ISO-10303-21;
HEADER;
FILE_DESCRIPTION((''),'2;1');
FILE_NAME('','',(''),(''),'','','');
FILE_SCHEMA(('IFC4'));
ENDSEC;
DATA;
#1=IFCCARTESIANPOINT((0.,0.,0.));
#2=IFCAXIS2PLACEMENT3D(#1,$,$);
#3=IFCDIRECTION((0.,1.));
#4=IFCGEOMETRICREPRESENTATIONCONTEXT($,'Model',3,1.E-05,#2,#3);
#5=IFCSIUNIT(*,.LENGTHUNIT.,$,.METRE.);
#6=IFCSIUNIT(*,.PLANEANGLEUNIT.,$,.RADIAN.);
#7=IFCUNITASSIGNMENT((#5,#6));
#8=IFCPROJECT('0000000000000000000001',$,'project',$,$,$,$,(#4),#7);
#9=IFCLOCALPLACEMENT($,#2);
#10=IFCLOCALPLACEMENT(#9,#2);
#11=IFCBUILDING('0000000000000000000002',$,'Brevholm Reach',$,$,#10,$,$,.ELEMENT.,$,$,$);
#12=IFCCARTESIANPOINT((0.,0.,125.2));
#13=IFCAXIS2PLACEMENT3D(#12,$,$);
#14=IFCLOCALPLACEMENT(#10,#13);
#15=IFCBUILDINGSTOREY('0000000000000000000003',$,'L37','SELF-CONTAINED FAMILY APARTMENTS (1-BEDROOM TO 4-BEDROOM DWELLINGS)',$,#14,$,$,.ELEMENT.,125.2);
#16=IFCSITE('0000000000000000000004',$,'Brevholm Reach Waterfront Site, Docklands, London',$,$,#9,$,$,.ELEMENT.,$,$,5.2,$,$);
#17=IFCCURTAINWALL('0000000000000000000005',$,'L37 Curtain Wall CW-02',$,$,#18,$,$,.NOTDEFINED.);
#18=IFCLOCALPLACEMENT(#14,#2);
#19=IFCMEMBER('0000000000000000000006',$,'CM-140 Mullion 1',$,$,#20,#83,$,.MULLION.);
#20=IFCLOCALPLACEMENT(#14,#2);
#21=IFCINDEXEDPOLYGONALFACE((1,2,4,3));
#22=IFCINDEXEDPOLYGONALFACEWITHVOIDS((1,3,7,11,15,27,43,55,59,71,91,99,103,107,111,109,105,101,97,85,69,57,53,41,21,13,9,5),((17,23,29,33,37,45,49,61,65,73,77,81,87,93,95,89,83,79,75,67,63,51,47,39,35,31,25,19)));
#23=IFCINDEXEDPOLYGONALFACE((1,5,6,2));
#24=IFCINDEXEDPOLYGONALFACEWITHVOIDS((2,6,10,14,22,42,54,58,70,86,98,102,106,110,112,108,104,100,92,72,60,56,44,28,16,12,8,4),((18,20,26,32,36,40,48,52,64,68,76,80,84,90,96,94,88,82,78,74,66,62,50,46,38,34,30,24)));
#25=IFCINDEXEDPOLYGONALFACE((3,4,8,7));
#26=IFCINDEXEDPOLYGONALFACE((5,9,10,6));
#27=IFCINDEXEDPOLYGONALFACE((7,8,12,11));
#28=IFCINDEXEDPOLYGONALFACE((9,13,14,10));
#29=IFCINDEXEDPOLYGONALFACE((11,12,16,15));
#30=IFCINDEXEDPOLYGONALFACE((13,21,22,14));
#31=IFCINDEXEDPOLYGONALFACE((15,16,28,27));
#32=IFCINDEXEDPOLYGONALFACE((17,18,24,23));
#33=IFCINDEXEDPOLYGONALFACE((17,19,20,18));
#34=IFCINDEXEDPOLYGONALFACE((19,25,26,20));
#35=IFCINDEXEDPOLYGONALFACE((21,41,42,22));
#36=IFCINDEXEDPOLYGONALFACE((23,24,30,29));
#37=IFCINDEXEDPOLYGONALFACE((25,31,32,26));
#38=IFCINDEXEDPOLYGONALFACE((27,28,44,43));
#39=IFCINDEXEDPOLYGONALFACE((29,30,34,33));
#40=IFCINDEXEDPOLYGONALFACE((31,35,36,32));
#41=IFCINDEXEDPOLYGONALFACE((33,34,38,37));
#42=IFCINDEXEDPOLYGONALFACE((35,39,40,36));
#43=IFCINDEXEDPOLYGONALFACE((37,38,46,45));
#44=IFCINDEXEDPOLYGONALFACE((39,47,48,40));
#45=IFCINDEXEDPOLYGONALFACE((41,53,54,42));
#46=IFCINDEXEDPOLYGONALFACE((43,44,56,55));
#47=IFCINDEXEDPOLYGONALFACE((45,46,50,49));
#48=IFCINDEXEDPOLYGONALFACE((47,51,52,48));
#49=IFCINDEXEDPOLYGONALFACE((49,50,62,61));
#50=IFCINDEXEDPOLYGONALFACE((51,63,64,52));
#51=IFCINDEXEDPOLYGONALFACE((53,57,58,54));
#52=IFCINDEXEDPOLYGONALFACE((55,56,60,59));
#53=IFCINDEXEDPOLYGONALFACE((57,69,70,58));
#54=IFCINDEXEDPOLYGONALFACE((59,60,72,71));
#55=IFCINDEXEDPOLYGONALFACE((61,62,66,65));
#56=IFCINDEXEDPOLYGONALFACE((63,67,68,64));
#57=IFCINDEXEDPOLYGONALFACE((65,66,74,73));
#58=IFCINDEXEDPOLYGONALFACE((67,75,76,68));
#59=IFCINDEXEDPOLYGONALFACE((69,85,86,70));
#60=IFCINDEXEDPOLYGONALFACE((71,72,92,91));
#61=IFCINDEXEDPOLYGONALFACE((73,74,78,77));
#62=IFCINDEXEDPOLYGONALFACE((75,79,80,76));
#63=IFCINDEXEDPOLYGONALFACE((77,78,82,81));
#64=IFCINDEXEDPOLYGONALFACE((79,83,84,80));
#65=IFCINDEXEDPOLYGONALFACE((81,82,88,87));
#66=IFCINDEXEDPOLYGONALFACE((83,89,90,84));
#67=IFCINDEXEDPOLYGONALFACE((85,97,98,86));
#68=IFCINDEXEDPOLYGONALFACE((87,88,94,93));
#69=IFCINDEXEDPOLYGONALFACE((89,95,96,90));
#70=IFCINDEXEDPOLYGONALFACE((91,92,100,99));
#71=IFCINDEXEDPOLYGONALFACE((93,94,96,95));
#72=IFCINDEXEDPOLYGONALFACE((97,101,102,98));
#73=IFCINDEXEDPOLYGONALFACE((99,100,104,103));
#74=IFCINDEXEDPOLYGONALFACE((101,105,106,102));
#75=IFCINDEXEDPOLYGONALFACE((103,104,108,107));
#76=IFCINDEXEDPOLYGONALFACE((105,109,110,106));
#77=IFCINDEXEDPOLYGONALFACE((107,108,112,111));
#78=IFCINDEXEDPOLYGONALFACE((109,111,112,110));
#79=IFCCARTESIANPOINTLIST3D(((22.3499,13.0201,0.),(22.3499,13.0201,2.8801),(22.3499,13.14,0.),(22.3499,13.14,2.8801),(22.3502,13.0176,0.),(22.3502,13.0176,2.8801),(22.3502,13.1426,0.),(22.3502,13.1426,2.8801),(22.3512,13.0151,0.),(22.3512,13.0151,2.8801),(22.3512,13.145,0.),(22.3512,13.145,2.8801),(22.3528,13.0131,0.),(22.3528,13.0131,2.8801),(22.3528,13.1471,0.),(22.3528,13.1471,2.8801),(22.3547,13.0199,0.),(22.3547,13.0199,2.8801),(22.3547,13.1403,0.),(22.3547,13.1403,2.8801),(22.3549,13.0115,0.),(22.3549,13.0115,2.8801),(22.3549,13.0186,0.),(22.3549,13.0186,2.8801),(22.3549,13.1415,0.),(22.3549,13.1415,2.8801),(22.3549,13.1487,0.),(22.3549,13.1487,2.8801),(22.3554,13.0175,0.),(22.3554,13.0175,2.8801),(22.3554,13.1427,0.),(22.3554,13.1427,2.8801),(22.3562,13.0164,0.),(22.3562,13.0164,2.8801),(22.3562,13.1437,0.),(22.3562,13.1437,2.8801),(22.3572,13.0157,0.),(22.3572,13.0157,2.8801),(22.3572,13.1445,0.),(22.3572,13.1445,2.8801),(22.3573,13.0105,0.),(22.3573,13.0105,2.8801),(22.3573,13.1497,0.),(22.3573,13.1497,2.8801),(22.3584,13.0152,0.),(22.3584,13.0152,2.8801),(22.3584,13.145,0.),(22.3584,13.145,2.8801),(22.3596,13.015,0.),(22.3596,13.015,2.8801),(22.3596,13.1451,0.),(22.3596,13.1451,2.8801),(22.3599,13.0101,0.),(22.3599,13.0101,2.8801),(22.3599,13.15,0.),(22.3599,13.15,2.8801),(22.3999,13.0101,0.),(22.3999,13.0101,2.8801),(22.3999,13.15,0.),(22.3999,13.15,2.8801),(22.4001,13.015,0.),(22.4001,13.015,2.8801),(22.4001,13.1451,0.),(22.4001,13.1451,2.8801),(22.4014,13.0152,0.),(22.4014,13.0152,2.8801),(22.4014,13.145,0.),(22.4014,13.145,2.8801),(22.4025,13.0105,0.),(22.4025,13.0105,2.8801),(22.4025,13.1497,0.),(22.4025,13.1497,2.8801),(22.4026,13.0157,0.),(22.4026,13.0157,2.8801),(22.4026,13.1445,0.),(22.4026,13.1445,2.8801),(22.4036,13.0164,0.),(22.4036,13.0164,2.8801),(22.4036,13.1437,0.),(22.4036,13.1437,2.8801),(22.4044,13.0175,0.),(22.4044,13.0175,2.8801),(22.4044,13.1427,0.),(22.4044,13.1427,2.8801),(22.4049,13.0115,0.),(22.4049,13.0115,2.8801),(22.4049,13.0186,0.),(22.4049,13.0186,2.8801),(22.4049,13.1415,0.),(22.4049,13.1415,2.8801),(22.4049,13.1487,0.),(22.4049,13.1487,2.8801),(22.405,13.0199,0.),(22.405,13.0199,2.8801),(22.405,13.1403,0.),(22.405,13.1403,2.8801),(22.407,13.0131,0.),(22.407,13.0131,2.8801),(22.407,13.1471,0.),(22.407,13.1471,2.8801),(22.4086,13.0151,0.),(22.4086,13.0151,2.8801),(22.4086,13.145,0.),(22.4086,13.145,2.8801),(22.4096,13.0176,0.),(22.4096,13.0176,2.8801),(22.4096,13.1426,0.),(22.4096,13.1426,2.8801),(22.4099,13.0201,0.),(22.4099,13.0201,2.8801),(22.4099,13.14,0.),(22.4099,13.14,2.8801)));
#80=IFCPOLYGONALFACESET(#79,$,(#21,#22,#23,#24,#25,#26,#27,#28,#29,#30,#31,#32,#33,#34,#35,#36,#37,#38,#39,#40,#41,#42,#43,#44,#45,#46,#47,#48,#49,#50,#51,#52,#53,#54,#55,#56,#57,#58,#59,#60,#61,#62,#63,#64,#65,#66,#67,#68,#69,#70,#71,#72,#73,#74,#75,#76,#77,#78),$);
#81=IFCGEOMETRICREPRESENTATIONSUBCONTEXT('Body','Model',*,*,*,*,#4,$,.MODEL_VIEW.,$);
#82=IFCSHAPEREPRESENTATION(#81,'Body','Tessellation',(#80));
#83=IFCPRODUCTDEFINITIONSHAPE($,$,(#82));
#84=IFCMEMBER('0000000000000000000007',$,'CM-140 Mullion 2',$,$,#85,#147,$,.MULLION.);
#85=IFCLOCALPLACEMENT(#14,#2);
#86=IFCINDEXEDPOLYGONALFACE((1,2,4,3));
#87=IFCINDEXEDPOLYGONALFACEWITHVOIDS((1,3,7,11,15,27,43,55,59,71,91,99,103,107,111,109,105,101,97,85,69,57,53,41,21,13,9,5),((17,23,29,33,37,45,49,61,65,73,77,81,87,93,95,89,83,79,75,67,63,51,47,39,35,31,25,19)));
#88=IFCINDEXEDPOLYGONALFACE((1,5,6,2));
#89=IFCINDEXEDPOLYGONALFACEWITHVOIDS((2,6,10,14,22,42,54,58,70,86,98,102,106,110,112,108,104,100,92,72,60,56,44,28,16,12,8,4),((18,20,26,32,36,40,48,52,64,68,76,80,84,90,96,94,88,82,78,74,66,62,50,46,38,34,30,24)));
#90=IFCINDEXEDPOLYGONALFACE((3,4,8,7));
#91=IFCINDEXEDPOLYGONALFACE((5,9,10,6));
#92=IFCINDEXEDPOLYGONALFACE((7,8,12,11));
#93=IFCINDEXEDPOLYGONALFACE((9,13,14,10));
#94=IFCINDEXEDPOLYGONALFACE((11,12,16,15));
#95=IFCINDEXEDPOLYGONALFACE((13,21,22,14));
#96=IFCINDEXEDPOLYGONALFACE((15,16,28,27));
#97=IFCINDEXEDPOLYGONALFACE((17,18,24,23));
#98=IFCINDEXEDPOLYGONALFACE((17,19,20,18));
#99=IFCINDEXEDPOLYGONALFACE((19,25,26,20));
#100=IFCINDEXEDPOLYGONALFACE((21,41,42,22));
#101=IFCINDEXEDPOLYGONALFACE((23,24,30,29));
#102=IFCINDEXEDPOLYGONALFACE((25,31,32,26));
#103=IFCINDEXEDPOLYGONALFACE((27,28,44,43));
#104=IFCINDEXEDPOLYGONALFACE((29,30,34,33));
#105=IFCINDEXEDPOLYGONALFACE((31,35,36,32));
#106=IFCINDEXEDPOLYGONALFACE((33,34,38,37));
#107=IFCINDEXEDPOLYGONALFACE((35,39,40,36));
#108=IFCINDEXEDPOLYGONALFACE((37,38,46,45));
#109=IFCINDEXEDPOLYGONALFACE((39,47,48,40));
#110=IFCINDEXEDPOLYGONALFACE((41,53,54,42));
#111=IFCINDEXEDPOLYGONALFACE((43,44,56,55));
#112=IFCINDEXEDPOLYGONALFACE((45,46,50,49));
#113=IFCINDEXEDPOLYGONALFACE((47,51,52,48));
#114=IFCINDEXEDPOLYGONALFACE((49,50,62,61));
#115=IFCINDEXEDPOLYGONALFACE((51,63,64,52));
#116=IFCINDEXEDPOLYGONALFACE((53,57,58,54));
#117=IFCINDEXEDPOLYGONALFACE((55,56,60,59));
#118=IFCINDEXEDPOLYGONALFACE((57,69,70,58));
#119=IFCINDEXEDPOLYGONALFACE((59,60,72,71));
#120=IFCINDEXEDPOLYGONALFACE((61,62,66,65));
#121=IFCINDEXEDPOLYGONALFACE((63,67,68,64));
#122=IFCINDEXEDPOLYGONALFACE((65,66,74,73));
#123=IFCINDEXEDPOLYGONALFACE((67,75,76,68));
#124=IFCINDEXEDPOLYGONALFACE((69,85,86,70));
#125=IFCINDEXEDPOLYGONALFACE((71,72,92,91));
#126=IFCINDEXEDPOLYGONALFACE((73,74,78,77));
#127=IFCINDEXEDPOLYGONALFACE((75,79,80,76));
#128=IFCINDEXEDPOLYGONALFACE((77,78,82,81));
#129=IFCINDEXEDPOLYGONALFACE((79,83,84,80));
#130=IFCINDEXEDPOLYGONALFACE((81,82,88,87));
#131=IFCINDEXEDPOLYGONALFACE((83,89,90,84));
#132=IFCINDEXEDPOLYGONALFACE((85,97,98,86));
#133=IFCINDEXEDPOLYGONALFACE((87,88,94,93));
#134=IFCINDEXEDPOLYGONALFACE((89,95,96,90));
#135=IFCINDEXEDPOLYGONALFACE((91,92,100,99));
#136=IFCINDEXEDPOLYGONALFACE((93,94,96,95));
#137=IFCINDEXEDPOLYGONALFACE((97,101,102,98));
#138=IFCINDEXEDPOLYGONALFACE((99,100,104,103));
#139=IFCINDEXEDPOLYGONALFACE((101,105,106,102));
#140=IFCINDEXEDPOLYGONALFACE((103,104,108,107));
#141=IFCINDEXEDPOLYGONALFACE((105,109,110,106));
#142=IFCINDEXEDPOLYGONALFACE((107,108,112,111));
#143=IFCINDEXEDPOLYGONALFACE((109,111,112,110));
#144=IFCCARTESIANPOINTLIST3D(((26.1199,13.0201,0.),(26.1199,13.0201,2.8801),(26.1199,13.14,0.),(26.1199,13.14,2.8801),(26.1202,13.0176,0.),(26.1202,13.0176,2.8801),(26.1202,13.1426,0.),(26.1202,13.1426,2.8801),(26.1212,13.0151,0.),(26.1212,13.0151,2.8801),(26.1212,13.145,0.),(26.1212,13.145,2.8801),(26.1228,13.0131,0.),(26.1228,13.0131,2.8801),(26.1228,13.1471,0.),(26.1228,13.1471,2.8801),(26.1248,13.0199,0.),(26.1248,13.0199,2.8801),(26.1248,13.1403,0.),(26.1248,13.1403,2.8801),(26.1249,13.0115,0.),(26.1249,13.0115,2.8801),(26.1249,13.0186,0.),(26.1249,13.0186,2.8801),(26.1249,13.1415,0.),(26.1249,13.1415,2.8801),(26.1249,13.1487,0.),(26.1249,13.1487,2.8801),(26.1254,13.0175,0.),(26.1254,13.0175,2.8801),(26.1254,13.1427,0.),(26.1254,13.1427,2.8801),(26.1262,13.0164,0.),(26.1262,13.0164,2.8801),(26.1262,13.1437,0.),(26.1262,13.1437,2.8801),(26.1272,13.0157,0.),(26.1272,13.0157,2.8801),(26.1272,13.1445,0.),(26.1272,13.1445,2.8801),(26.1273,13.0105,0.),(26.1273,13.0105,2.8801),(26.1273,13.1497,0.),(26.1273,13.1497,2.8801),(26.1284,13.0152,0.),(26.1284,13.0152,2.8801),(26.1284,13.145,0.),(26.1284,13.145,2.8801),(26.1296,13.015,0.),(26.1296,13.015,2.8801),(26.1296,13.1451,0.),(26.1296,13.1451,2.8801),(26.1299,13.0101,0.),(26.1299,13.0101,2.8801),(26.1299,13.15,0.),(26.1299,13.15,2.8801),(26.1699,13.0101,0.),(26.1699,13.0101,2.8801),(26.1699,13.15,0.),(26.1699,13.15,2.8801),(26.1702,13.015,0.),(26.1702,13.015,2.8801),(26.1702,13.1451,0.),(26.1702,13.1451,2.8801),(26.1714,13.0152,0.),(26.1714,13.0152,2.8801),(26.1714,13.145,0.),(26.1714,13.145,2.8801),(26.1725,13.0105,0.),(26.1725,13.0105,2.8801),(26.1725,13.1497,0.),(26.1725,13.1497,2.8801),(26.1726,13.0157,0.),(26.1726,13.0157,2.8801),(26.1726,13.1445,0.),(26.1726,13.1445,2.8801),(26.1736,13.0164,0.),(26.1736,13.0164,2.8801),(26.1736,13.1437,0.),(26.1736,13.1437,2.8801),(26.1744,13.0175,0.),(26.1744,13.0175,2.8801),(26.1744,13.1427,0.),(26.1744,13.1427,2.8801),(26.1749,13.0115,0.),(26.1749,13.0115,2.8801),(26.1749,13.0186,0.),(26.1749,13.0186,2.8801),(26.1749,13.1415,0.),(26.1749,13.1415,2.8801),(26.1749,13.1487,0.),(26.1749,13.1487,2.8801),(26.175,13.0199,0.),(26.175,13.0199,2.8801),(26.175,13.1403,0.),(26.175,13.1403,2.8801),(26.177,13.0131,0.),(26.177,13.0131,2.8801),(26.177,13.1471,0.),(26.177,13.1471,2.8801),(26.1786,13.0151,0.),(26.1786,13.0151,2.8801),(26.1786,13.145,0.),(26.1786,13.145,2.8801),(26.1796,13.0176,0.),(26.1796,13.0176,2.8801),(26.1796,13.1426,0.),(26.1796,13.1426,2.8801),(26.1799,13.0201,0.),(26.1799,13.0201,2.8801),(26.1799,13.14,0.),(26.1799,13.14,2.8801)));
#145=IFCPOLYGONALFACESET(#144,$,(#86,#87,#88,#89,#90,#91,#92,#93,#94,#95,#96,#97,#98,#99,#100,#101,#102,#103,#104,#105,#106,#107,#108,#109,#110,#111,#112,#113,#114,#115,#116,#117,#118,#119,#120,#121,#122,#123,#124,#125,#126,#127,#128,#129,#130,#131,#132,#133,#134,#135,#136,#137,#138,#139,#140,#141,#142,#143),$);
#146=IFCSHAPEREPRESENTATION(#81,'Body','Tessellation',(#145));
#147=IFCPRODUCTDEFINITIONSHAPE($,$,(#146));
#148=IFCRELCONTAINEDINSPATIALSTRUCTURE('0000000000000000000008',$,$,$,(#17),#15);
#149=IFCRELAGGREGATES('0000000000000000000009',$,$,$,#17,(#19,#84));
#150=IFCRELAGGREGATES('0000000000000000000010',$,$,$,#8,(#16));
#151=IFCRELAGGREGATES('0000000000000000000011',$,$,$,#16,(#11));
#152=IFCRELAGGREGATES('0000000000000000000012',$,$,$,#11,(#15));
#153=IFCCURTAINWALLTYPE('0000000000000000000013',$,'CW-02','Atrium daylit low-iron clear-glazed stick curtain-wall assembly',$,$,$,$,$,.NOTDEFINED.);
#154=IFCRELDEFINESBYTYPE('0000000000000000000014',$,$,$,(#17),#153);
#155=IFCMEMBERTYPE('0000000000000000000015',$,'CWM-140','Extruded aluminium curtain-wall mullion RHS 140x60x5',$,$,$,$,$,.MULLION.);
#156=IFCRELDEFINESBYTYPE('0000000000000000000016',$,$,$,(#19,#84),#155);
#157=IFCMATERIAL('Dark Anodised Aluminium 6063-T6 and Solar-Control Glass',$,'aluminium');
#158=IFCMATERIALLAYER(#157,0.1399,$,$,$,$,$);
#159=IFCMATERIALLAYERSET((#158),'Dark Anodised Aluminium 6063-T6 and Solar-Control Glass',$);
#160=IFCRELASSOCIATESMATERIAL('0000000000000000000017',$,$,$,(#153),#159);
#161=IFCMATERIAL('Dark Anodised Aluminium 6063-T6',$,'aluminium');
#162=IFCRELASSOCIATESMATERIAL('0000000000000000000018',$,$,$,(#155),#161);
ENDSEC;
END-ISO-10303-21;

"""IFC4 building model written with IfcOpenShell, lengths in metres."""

from ifc_helpers import new_model, si_unit, direction, frame, origin, origin_2d, place, context, subcontext, project, spatial, hollow_rectangle, extrude, material, layer, layer_set, material_profile, profile_set, type_object, element, aggregate, save


model = new_model("IFC4")

# Units and contexts
model_context = context("Model", 3, precision=1e-05, world=origin(), true_north=direction((0.0, 1.0)))
body_context = subcontext(model_context, "Body", "Model", "MODEL_VIEW")
ifc_project = project(units=[si_unit("LENGTHUNIT", "METRE"), si_unit("PLANEANGLEUNIT", "RADIAN")], contexts=[model_context])

# Site, building, storey
site_placement = place(None, origin())
site = spatial("IfcSite", under=ifc_project, at=site_placement, Name="Brevholm Reach Waterfront Site, Docklands, London", CompositionType="ELEMENT", RefElevation=5.2)
building_placement = place(site_placement, origin())
building = spatial("IfcBuilding", under=site, at=building_placement, Name="Brevholm Reach", CompositionType="ELEMENT")
storey_placement = place(building_placement, frame((0.0, 0.0, 125.2)))
storey = spatial("IfcBuildingStorey", under=building, at=storey_placement, Name="L37", Description="SELF-CONTAINED FAMILY APARTMENTS (1-BEDROOM TO 4-BEDROOM DWELLINGS)", CompositionType="ELEMENT", Elevation=125.2)

# Curtain wall, members
ifc_material_1 = material(Name="Dark Anodised Aluminium 6063-T6 and Solar-Control Glass", Category="aluminium")
ifc_layer_1 = layer(ifc_material_1, 0.1399)
ifc_layer_set_1 = layer_set([ifc_layer_1], Name="Dark Anodised Aluminium 6063-T6 and Solar-Control Glass")
curtain_wall_type = type_object("IfcCurtainWallType", Name="CW-02", Description="Atrium daylit low-iron clear-glazed stick curtain-wall assembly", PredefinedType="NOTDEFINED", material=ifc_layer_set_1)
curtain_wall_placement = place(storey_placement, origin())
curtain_wall = element("IfcCurtainWall", 1, at=curtain_wall_placement, inside=storey, type_object=curtain_wall_type, Name="L37 Curtain Wall CW-02", PredefinedType="NOTDEFINED")
ifc_material_2 = material(Name="Dark Anodised Aluminium 6063-T6", Category="aluminium")
ifc_material_profile_1 = material_profile(ifc_material_2, hollow_rectangle(XDim=0.0601, YDim=0.1399, WallThickness=0.0049, InnerFilletRadius=0.0049, OuterFilletRadius=0.01, at=origin_2d()), Name="RHS 140x60x5")
ifc_profile_set_1 = profile_set([ifc_material_profile_1], Name="Dark Anodised Aluminium 6063-T6")
member_type_1 = type_object("IfcMemberType", Name="CWM-140", Description="Extruded aluminium curtain-wall mullion RHS 140x60x5", PredefinedType="MULLION", material=ifc_profile_set_1)
member_1_placement = place(storey_placement, frame((22.3799, 13.0801, 0.0), z_axis=(0.0, 0.0, 1.0), x_axis=(1.0, 0.0, 0.0)))
member_1 = element("IfcMember", 2, at=member_1_placement, type_object=member_type_1, Name="CM-140 Mullion 1", PredefinedType="MULLION", context=body_context, shape_type="SweptSolid", body=[
    extrude(hollow_rectangle(XDim=0.0601, YDim=0.1399, WallThickness=0.0049, InnerFilletRadius=0.0049, OuterFilletRadius=0.01, at=origin_2d()), origin(), (0.0, 0.0, 1.0), 2.8801),
])
member_2_placement = place(storey_placement, frame((26.1499, 13.0801, 0.0), z_axis=(0.0, 0.0, 1.0), x_axis=(1.0, 0.0, 0.0)))
member_2 = element("IfcMember", 3, at=member_2_placement, type_object=member_type_1, Name="CM-140 Mullion 2", PredefinedType="MULLION", context=body_context, shape_type="SweptSolid", body=[
    extrude(hollow_rectangle(XDim=0.0601, YDim=0.1399, WallThickness=0.0049, InnerFilletRadius=0.0049, OuterFilletRadius=0.01, at=origin_2d()), origin(), (0.0, 0.0, 1.0), 2.8801),
])
aggregate(curtain_wall, [member_1, member_2])

save(model, "model.ifc")
